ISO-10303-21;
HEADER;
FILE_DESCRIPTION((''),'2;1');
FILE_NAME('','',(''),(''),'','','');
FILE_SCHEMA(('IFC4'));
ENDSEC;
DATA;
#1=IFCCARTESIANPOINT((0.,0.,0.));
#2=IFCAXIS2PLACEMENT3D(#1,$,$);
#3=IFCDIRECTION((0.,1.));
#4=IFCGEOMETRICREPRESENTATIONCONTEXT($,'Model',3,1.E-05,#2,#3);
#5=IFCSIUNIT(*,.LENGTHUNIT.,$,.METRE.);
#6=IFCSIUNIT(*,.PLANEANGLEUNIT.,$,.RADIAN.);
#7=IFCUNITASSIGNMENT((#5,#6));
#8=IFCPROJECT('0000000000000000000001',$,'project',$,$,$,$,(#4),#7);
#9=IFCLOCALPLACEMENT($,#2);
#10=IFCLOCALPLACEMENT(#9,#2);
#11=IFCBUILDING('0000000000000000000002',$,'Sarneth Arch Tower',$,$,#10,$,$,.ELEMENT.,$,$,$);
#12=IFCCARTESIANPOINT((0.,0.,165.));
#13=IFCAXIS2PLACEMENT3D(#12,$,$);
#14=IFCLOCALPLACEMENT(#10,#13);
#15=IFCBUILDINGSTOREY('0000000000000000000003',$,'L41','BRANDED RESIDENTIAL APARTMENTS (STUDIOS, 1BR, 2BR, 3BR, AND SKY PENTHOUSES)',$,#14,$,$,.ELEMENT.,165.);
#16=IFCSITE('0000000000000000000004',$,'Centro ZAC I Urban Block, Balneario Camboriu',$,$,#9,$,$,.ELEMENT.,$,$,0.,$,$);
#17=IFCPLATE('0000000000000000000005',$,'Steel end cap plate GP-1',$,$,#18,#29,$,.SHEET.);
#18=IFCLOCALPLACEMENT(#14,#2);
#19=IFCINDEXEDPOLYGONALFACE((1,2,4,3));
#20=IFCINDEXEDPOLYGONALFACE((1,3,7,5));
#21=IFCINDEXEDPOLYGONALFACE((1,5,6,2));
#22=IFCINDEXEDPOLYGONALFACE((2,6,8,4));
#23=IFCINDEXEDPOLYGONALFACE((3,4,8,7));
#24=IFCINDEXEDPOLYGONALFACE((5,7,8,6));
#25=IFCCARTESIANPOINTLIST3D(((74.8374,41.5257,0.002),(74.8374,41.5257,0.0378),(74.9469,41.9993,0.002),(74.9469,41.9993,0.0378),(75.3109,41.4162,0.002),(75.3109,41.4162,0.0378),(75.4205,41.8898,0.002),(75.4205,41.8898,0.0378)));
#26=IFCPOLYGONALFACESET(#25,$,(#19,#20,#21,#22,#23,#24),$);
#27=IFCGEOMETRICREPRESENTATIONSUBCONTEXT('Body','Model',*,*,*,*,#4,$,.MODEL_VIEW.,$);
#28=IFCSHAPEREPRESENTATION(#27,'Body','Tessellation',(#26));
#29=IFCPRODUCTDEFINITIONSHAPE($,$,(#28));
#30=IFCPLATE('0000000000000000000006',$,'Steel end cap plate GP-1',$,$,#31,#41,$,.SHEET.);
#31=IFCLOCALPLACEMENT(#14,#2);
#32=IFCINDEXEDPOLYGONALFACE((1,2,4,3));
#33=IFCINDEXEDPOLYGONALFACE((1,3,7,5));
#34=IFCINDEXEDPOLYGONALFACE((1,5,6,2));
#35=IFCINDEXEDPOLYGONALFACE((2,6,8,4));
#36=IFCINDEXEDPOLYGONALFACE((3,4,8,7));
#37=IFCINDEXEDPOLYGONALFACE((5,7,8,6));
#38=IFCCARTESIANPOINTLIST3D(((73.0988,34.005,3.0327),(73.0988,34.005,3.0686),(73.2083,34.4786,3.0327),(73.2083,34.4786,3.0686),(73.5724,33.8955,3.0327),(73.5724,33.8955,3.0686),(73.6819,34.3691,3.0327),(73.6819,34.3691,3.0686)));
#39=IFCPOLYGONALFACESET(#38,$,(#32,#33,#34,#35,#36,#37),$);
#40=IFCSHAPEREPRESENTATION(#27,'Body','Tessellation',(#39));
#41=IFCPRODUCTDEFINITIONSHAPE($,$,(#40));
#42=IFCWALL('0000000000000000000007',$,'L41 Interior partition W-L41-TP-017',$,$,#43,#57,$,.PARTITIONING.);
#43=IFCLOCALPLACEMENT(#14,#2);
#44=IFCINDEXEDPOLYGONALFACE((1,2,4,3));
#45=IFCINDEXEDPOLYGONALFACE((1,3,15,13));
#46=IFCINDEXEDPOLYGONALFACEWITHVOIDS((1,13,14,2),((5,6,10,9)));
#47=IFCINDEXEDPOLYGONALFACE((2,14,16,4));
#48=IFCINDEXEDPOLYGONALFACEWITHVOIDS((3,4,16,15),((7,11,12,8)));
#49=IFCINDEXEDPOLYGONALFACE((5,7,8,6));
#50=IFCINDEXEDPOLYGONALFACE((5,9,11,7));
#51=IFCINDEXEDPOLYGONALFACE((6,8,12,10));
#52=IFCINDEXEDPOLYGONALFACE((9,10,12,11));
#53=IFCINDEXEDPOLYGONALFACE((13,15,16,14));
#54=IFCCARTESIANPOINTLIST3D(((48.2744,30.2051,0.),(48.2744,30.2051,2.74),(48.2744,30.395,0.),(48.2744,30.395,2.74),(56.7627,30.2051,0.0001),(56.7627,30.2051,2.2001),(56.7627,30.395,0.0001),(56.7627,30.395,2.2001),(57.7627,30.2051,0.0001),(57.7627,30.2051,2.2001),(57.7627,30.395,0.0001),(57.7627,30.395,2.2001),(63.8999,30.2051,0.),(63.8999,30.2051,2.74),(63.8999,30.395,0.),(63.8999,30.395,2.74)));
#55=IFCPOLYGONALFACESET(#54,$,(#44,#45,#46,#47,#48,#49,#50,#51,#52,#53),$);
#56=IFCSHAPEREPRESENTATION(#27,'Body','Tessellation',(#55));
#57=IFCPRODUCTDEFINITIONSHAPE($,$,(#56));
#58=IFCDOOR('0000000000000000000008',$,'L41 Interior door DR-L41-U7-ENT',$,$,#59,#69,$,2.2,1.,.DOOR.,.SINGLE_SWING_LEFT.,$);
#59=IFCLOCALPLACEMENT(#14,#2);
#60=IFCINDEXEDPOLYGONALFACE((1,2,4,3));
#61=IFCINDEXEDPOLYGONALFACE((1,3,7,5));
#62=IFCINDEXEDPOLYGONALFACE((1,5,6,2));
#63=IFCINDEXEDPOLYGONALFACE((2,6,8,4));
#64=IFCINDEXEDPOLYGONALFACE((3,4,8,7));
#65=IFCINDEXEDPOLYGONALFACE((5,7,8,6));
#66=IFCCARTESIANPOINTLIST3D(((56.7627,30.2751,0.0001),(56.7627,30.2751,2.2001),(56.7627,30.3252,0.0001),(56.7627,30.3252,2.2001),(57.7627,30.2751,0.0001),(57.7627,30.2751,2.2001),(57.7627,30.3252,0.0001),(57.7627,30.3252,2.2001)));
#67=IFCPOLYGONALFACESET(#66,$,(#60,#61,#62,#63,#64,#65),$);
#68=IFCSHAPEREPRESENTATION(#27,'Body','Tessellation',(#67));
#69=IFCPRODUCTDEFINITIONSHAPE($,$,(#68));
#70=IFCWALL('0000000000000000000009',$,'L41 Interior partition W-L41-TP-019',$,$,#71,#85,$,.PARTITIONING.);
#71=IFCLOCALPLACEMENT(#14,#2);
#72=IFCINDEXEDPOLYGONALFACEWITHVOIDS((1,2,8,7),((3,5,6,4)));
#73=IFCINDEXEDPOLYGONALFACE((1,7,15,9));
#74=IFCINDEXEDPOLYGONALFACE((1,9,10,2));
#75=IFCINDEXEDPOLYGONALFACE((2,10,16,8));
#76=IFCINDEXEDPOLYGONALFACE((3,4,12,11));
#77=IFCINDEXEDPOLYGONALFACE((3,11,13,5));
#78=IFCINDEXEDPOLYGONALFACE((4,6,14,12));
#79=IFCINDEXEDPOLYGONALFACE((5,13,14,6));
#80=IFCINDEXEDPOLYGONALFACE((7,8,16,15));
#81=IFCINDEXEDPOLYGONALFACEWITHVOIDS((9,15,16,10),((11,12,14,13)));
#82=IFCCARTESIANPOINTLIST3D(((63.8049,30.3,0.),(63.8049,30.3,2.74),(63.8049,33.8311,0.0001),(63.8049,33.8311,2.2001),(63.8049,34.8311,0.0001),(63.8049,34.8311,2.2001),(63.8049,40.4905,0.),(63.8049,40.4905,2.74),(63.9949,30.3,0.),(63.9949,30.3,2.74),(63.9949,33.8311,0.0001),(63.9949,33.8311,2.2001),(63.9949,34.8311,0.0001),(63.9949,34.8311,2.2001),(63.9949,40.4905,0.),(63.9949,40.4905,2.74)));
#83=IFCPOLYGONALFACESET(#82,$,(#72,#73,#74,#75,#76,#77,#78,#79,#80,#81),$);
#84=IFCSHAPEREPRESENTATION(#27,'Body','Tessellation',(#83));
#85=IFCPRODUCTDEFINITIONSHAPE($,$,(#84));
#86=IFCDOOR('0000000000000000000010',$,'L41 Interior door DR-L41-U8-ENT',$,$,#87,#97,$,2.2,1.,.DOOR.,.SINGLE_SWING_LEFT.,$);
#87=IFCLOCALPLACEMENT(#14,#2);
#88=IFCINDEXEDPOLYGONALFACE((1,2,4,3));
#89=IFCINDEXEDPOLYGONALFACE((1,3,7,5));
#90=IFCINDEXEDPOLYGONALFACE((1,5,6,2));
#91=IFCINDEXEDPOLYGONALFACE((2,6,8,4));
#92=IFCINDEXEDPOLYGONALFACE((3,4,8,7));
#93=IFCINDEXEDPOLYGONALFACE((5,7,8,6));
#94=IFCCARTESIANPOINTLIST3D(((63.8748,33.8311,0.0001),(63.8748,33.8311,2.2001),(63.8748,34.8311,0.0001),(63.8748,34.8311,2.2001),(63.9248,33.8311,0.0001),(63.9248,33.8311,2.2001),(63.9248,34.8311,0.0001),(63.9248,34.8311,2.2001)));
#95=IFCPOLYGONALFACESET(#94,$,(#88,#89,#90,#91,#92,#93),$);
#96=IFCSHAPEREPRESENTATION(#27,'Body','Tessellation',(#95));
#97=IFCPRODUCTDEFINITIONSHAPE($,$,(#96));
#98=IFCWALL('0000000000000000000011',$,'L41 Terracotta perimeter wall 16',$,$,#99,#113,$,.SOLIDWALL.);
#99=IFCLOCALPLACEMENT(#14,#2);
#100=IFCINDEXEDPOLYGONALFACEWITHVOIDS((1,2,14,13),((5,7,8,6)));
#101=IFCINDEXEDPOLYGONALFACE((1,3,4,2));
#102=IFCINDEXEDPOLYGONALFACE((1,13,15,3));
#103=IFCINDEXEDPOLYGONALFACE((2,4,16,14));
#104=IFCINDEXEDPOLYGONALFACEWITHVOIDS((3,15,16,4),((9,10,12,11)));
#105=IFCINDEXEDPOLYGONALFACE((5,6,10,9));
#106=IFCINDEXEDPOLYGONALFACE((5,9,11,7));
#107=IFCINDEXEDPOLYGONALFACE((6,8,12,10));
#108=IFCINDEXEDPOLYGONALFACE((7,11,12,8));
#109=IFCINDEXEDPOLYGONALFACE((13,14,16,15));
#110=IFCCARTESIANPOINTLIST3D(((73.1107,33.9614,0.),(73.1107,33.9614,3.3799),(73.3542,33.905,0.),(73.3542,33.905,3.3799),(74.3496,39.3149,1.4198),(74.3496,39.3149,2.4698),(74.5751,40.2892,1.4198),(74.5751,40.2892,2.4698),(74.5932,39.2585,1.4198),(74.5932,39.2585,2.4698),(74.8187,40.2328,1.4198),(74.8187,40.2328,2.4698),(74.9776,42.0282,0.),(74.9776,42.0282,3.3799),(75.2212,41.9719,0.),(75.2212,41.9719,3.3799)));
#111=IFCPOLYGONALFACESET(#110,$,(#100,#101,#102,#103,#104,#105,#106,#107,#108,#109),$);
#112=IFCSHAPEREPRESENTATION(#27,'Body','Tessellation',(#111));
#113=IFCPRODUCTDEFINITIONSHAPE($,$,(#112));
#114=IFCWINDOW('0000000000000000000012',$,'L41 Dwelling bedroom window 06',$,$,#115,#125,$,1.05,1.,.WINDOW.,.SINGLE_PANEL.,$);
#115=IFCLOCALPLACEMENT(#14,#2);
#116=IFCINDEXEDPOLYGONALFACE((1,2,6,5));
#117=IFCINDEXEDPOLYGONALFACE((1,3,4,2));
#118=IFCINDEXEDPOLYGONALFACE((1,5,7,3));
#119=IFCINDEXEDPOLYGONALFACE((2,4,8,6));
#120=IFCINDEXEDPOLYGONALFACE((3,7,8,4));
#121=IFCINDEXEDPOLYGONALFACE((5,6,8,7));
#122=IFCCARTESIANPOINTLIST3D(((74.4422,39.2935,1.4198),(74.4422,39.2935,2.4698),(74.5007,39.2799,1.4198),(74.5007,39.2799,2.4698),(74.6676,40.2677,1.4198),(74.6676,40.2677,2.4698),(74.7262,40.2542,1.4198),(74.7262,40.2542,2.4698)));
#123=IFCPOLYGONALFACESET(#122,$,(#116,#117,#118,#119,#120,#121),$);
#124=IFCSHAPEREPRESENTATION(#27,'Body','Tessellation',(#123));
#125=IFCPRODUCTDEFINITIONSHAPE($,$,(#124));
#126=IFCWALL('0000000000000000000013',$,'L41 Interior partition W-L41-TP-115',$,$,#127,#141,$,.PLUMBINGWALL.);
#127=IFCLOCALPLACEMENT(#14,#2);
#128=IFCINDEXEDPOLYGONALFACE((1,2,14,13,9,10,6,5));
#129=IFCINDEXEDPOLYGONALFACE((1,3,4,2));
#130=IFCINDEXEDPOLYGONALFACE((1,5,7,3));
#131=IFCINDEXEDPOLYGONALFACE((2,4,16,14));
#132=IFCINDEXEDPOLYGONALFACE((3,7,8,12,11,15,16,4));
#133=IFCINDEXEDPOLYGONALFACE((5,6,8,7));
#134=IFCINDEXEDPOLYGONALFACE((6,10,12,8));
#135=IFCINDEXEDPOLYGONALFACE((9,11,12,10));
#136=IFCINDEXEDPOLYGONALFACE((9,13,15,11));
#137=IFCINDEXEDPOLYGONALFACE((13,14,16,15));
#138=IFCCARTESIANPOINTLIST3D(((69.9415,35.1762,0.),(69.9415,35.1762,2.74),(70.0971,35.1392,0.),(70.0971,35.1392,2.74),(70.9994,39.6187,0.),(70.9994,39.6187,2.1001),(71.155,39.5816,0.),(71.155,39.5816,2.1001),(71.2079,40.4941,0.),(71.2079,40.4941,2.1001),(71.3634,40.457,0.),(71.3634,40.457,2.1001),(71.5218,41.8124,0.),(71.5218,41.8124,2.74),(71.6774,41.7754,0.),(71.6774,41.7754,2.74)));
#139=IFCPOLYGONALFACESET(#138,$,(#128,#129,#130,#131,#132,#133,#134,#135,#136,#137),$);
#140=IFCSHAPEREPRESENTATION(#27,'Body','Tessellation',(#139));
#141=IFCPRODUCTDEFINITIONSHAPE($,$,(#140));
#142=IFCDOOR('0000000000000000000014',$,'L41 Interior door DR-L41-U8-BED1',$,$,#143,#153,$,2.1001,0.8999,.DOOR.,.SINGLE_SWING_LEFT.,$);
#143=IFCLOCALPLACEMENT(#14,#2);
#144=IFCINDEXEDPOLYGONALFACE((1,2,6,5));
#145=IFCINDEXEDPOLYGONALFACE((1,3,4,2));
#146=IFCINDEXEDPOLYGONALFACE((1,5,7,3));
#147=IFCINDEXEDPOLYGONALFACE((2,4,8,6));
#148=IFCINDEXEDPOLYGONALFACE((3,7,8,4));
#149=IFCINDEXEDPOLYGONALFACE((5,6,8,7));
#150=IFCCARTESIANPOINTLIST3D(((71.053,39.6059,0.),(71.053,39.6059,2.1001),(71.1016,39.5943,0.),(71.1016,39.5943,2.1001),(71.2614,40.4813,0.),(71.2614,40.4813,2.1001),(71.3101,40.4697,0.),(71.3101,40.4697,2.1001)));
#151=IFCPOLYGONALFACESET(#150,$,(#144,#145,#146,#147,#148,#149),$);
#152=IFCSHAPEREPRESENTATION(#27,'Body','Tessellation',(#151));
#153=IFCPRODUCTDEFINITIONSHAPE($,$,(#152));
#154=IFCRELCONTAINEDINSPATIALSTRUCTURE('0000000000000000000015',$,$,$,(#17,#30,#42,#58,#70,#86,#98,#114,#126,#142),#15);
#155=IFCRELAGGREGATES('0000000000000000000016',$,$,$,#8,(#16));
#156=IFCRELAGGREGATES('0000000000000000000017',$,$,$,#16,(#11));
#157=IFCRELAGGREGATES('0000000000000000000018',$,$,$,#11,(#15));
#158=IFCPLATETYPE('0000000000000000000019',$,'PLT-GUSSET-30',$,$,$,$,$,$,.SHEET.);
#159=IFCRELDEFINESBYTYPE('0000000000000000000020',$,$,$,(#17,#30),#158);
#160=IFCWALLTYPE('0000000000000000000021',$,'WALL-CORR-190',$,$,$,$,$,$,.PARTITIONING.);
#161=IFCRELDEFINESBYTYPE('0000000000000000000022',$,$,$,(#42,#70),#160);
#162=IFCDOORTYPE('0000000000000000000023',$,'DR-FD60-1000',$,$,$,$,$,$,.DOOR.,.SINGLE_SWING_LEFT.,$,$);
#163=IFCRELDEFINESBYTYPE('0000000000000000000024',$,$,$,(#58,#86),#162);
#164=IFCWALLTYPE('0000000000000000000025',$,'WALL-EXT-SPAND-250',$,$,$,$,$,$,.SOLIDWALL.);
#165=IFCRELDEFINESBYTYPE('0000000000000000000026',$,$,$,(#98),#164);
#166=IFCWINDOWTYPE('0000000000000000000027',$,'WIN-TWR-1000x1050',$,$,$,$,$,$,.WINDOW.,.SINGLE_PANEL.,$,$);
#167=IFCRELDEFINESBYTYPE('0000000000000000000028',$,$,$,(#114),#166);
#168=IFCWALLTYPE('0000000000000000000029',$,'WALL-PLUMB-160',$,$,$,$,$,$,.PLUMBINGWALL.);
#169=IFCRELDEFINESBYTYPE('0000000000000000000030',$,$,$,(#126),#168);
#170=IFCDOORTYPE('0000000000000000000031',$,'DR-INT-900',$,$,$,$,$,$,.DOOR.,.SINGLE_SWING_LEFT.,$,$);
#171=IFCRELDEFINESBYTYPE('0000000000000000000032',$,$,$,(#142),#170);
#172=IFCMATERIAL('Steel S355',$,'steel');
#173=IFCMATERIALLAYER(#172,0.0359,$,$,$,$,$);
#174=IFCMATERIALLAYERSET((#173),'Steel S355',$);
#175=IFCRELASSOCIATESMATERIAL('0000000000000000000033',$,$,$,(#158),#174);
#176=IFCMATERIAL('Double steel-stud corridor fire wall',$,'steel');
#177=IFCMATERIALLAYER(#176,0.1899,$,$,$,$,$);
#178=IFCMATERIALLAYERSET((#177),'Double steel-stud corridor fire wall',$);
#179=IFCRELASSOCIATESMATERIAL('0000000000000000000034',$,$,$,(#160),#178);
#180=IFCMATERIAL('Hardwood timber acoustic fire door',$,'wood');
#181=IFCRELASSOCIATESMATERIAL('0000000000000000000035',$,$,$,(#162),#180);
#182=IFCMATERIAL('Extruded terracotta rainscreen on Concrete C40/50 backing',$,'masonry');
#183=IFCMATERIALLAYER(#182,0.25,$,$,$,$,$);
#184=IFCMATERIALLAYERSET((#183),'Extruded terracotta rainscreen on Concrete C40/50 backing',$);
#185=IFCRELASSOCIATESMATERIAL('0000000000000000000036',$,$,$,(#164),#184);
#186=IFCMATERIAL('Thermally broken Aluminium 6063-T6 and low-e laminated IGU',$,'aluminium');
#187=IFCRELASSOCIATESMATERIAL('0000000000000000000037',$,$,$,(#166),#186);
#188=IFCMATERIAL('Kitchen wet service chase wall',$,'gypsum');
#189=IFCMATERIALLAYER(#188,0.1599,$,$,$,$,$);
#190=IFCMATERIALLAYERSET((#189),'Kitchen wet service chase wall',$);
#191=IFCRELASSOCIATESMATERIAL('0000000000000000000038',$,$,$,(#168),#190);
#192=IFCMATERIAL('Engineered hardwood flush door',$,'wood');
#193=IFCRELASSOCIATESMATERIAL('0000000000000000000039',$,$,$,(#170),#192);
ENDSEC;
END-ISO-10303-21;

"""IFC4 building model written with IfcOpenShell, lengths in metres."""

from ifc_helpers import new_model, si_unit, direction, frame, frame_2d, origin, origin_2d, place, context, subcontext, project, spatial, rectangle, extrude, material, layer, layer_set, type_object, element, fill, save


model = new_model("IFC4")

# Units and contexts
model_context = context("Model", 3, precision=1e-05, world=origin(), true_north=direction((0.0, 1.0)))
body_context = subcontext(model_context, "Body", "Model", "MODEL_VIEW")
ifc_project = project(units=[si_unit("LENGTHUNIT", "METRE"), si_unit("PLANEANGLEUNIT", "RADIAN")], contexts=[model_context])

# Site, building, storey
site_placement = place(None, origin())
site = spatial("IfcSite", under=ifc_project, at=site_placement, Name="Centro ZAC I Urban Block, Balneario Camboriu", CompositionType="ELEMENT", RefElevation=0.0)
building_placement = place(site_placement, origin())
building = spatial("IfcBuilding", under=site, at=building_placement, Name="Sarneth Arch Tower", CompositionType="ELEMENT")
storey_placement = place(building_placement, frame((0.0, 0.0, 165.0)))
storey = spatial("IfcBuildingStorey", under=building, at=storey_placement, Name="L41", Description="BRANDED RESIDENTIAL APARTMENTS (STUDIOS, 1BR, 2BR, 3BR, AND SKY PENTHOUSES)", CompositionType="ELEMENT", Elevation=165.0)

# Plates
ifc_material_1 = material(Name="Steel S355", Category="steel")
ifc_layer_1 = layer(ifc_material_1, 0.0359)
ifc_layer_set_1 = layer_set([ifc_layer_1], Name="Steel S355")
plate_type = type_object("IfcPlateType", Name="PLT-GUSSET-30", PredefinedType="SHEET", material=ifc_layer_set_1)
for number, where, z_axis, x_axis, name in (
    (1, (75.1289, 41.7078, 0.002), (0.0, 0.0, 1.0), (0.225291, 0.974291, 0.0), "Steel end cap plate GP-1"),
    (2, (73.3904, 34.187, 3.0327), (0.0, 0.0, 1.0), (0.225291, 0.974291, 0.0), "Steel end cap plate GP-1"),
):
    element("IfcPlate", number, at=place(storey_placement, frame(where, z_axis=z_axis, x_axis=x_axis)), inside=storey, type_object=plate_type, Name=name, PredefinedType="SHEET", context=body_context, shape_type="SweptSolid", body=[
        extrude(rectangle(XDim=0.4861, YDim=0.4861, at=origin_2d()), origin(), (0.0, 0.0, 1.0), 0.0359),
    ])

# Walls, openings, doors
ifc_material_2 = material(Name="Double steel-stud corridor fire wall", Category="steel")
ifc_layer_2 = layer(ifc_material_2, 0.1899)
ifc_layer_set_2 = layer_set([ifc_layer_2], Name="Double steel-stud corridor fire wall")
wall_type_1 = type_object("IfcWallType", Name="WALL-CORR-190", PredefinedType="PARTITIONING", material=ifc_layer_set_2)
wall_1_placement = place(storey_placement, frame((63.8999, 30.3, 0.0), z_axis=(0.0, 0.0, 1.0), x_axis=(-1.0, 0.0, 0.0)))
wall_1 = element("IfcWall", 3, at=wall_1_placement, inside=storey, type_object=wall_type_1, Name="L41 Interior partition W-L41-TP-017", PredefinedType="PARTITIONING", context=body_context, shape_type="SweptSolid", body=[
    extrude(rectangle(XDim=15.6255, YDim=0.1899, at=frame_2d((7.8127, 0.0))), origin(), (0.0, 0.0, 1.0), 2.74),
])
opening_1_placement = place(wall_1_placement, frame((6.1372, 0.0, 0.0)))
opening_1 = element("IfcOpeningElement", 4, at=opening_1_placement, cuts=wall_1, PredefinedType="OPENING", context=body_context, shape_type="SweptSolid", body=[
    extrude(rectangle(XDim=1.0, YDim=2.2, at=frame_2d((0.5, 1.1001))), frame((0.0, 0.105, 0.0), z_axis=(0.0, -1.0, 0.0), x_axis=(1.0, 0.0, 0.0)), (0.0, 0.0, 1.0), 0.21),
])
ifc_material_3 = material(Name="Hardwood timber acoustic fire door", Category="wood")
door_type_1 = type_object("IfcDoorType", Name="DR-FD60-1000", OperationType="SINGLE_SWING_LEFT", PredefinedType="DOOR", material=ifc_material_3)
door_1_placement = place(opening_1_placement, origin())
door_1 = element("IfcDoor", 5, at=door_1_placement, inside=storey, type_object=door_type_1, Name="L41 Interior door DR-L41-U7-ENT", OperationType="SINGLE_SWING_LEFT", OverallHeight=2.2, OverallWidth=1.0, PredefinedType="DOOR", context=body_context, shape_type="SweptSolid", body=[
    extrude(rectangle(XDim=1.0, YDim=2.2, at=frame_2d((0.5, 1.1001))), frame((0.0, 0.0249, 0.0), z_axis=(0.0, -1.0, 0.0), x_axis=(1.0, 0.0, 0.0)), (0.0, 0.0, 1.0), 0.05),
])
fill(opening_1, door_1)
wall_2_placement = place(storey_placement, frame((63.8999, 40.4905, 0.0), z_axis=(0.0, 0.0, 1.0), x_axis=(0.0, -1.0, 0.0)))
wall_2 = element("IfcWall", 6, at=wall_2_placement, inside=storey, type_object=wall_type_1, Name="L41 Interior partition W-L41-TP-019", PredefinedType="PARTITIONING", context=body_context, shape_type="SweptSolid", body=[
    extrude(rectangle(XDim=10.1904, YDim=0.1899, at=frame_2d((5.0952, 0.0))), origin(), (0.0, 0.0, 1.0), 2.74),
])
opening_2_placement = place(wall_2_placement, frame((5.6594, 0.0, 0.0)))
opening_2 = element("IfcOpeningElement", 7, at=opening_2_placement, cuts=wall_2, PredefinedType="OPENING", context=body_context, shape_type="SweptSolid", body=[
    extrude(rectangle(XDim=1.0, YDim=2.2, at=frame_2d((0.5, 1.1001))), frame((0.0, 0.105, 0.0), z_axis=(0.0, -1.0, 0.0), x_axis=(1.0, 0.0, 0.0)), (0.0, 0.0, 1.0), 0.21),
])
door_2_placement = place(opening_2_placement, origin())
door_2 = element("IfcDoor", 8, at=door_2_placement, inside=storey, type_object=door_type_1, Name="L41 Interior door DR-L41-U8-ENT", OperationType="SINGLE_SWING_LEFT", OverallHeight=2.2, OverallWidth=1.0, PredefinedType="DOOR", context=body_context, shape_type="SweptSolid", body=[
    extrude(rectangle(XDim=1.0, YDim=2.2, at=frame_2d((0.5, 1.1001))), frame((0.0, 0.0249, 0.0), z_axis=(0.0, -1.0, 0.0), x_axis=(1.0, 0.0, 0.0)), (0.0, 0.0, 1.0), 0.05),
])
fill(opening_2, door_2)

# Wall, opening, window
ifc_material_4 = material(Name="Extruded terracotta rainscreen on Concrete C40/50 backing", Category="masonry")
ifc_layer_3 = layer(ifc_material_4, 0.25)
ifc_layer_set_3 = layer_set([ifc_layer_3], Name="Extruded terracotta rainscreen on Concrete C40/50 backing")
wall_type_2 = type_object("IfcWallType", Name="WALL-EXT-SPAND-250", PredefinedType="SOLIDWALL", material=ifc_layer_set_3)
wall_3_placement = place(storey_placement, frame((73.2324, 33.9331, 0.0), z_axis=(0.0, 0.0, 1.0), x_axis=(0.225473, 0.974249, 0.0)))
wall_3 = element("IfcWall", 9, at=wall_3_placement, inside=storey, type_object=wall_type_2, Name="L41 Terracotta perimeter wall 16", PredefinedType="SOLIDWALL", context=body_context, shape_type="SweptSolid", body=[
    extrude(rectangle(XDim=8.28, YDim=0.25, at=frame_2d((4.1401, 0.0))), origin(), (0.0, 0.0, 1.0), 3.3799),
])
opening_3_placement = place(wall_3_placement, frame((5.4951, 0.0, 1.4199)))
opening_3 = element("IfcOpeningElement", 10, at=opening_3_placement, cuts=wall_3, PredefinedType="OPENING", context=body_context, shape_type="SweptSolid", body=[
    extrude(rectangle(XDim=1.0, YDim=1.05, at=frame_2d((0.5, 0.5249))), frame((0.0, 0.135, 0.0), z_axis=(0.0, -1.0, 0.0), x_axis=(1.0, 0.0, 0.0)), (0.0, 0.0, 1.0), 0.27),
])
ifc_material_5 = material(Name="Thermally broken Aluminium 6063-T6 and low-e laminated IGU", Category="aluminium")
window_type = type_object("IfcWindowType", Name="WIN-TWR-1000x1050", PartitioningType="SINGLE_PANEL", PredefinedType="WINDOW", material=ifc_material_5)
window_placement = place(opening_3_placement, origin())
window = element("IfcWindow", 11, at=window_placement, inside=storey, type_object=window_type, Name="L41 Dwelling bedroom window 06", OverallHeight=1.05, OverallWidth=1.0, PartitioningType="SINGLE_PANEL", PredefinedType="WINDOW", context=body_context, shape_type="SweptSolid", body=[
    extrude(rectangle(XDim=1.0, YDim=1.05, at=frame_2d((0.5, 0.5249))), frame((0.0, 0.03, 0.0), z_axis=(0.0, -1.0, 0.0), x_axis=(1.0, 0.0, 0.0)), (0.0, 0.0, 1.0), 0.0601),
])
fill(opening_3, window)

# Wall, opening, door
ifc_material_6 = material(Name="Kitchen wet service chase wall", Category="gypsum")
ifc_layer_4 = layer(ifc_material_6, 0.1599)
ifc_layer_set_4 = layer_set([ifc_layer_4], Name="Kitchen wet service chase wall")
wall_type_3 = type_object("IfcWallType", Name="WALL-PLUMB-160", PredefinedType="PLUMBINGWALL", material=ifc_layer_set_4)
wall_4_placement = place(storey_placement, frame((70.0193, 35.1577, 0.0), z_axis=(0.0, 0.0, 1.0), x_axis=(0.231658, 0.972797, 0.0)))
wall_4 = element("IfcWall", 12, at=wall_4_placement, inside=storey, type_object=wall_type_3, Name="L41 Interior partition W-L41-TP-115", PredefinedType="PLUMBINGWALL", context=body_context, shape_type="SweptSolid", body=[
    extrude(rectangle(XDim=6.8218, YDim=0.1599, at=frame_2d((3.4109, 0.0))), origin(), (0.0, 0.0, 1.0), 2.74),
])
opening_4_placement = place(wall_4_placement, frame((4.5667, 0.0, 0.0)))
opening_4 = element("IfcOpeningElement", 13, at=opening_4_placement, cuts=wall_4, PredefinedType="OPENING", context=body_context, shape_type="SweptSolid", body=[
    extrude(rectangle(XDim=0.8999, YDim=2.1001, at=frame_2d((0.45, 1.05))), frame((0.0, 0.0898, 0.0), z_axis=(0.0, -1.0, 0.0), x_axis=(1.0, 0.0, 0.0)), (0.0, 0.0, 1.0), 0.1799),
])
ifc_material_7 = material(Name="Engineered hardwood flush door", Category="wood")
door_type_2 = type_object("IfcDoorType", Name="DR-INT-900", OperationType="SINGLE_SWING_LEFT", PredefinedType="DOOR", material=ifc_material_7)
door_3_placement = place(opening_4_placement, origin())
door_3 = element("IfcDoor", 14, at=door_3_placement, inside=storey, type_object=door_type_2, Name="L41 Interior door DR-L41-U8-BED1", OperationType="SINGLE_SWING_LEFT", OverallHeight=2.1001, OverallWidth=0.8999, PredefinedType="DOOR", context=body_context, shape_type="SweptSolid", body=[
    extrude(rectangle(XDim=0.8999, YDim=2.1001, at=frame_2d((0.45, 1.05))), frame((0.0, 0.0249, 0.0), z_axis=(0.0, -1.0, 0.0), x_axis=(1.0, 0.0, 0.0)), (0.0, 0.0, 1.0), 0.05),
])
fill(opening_4, door_3)

save(model, "model.ifc")
